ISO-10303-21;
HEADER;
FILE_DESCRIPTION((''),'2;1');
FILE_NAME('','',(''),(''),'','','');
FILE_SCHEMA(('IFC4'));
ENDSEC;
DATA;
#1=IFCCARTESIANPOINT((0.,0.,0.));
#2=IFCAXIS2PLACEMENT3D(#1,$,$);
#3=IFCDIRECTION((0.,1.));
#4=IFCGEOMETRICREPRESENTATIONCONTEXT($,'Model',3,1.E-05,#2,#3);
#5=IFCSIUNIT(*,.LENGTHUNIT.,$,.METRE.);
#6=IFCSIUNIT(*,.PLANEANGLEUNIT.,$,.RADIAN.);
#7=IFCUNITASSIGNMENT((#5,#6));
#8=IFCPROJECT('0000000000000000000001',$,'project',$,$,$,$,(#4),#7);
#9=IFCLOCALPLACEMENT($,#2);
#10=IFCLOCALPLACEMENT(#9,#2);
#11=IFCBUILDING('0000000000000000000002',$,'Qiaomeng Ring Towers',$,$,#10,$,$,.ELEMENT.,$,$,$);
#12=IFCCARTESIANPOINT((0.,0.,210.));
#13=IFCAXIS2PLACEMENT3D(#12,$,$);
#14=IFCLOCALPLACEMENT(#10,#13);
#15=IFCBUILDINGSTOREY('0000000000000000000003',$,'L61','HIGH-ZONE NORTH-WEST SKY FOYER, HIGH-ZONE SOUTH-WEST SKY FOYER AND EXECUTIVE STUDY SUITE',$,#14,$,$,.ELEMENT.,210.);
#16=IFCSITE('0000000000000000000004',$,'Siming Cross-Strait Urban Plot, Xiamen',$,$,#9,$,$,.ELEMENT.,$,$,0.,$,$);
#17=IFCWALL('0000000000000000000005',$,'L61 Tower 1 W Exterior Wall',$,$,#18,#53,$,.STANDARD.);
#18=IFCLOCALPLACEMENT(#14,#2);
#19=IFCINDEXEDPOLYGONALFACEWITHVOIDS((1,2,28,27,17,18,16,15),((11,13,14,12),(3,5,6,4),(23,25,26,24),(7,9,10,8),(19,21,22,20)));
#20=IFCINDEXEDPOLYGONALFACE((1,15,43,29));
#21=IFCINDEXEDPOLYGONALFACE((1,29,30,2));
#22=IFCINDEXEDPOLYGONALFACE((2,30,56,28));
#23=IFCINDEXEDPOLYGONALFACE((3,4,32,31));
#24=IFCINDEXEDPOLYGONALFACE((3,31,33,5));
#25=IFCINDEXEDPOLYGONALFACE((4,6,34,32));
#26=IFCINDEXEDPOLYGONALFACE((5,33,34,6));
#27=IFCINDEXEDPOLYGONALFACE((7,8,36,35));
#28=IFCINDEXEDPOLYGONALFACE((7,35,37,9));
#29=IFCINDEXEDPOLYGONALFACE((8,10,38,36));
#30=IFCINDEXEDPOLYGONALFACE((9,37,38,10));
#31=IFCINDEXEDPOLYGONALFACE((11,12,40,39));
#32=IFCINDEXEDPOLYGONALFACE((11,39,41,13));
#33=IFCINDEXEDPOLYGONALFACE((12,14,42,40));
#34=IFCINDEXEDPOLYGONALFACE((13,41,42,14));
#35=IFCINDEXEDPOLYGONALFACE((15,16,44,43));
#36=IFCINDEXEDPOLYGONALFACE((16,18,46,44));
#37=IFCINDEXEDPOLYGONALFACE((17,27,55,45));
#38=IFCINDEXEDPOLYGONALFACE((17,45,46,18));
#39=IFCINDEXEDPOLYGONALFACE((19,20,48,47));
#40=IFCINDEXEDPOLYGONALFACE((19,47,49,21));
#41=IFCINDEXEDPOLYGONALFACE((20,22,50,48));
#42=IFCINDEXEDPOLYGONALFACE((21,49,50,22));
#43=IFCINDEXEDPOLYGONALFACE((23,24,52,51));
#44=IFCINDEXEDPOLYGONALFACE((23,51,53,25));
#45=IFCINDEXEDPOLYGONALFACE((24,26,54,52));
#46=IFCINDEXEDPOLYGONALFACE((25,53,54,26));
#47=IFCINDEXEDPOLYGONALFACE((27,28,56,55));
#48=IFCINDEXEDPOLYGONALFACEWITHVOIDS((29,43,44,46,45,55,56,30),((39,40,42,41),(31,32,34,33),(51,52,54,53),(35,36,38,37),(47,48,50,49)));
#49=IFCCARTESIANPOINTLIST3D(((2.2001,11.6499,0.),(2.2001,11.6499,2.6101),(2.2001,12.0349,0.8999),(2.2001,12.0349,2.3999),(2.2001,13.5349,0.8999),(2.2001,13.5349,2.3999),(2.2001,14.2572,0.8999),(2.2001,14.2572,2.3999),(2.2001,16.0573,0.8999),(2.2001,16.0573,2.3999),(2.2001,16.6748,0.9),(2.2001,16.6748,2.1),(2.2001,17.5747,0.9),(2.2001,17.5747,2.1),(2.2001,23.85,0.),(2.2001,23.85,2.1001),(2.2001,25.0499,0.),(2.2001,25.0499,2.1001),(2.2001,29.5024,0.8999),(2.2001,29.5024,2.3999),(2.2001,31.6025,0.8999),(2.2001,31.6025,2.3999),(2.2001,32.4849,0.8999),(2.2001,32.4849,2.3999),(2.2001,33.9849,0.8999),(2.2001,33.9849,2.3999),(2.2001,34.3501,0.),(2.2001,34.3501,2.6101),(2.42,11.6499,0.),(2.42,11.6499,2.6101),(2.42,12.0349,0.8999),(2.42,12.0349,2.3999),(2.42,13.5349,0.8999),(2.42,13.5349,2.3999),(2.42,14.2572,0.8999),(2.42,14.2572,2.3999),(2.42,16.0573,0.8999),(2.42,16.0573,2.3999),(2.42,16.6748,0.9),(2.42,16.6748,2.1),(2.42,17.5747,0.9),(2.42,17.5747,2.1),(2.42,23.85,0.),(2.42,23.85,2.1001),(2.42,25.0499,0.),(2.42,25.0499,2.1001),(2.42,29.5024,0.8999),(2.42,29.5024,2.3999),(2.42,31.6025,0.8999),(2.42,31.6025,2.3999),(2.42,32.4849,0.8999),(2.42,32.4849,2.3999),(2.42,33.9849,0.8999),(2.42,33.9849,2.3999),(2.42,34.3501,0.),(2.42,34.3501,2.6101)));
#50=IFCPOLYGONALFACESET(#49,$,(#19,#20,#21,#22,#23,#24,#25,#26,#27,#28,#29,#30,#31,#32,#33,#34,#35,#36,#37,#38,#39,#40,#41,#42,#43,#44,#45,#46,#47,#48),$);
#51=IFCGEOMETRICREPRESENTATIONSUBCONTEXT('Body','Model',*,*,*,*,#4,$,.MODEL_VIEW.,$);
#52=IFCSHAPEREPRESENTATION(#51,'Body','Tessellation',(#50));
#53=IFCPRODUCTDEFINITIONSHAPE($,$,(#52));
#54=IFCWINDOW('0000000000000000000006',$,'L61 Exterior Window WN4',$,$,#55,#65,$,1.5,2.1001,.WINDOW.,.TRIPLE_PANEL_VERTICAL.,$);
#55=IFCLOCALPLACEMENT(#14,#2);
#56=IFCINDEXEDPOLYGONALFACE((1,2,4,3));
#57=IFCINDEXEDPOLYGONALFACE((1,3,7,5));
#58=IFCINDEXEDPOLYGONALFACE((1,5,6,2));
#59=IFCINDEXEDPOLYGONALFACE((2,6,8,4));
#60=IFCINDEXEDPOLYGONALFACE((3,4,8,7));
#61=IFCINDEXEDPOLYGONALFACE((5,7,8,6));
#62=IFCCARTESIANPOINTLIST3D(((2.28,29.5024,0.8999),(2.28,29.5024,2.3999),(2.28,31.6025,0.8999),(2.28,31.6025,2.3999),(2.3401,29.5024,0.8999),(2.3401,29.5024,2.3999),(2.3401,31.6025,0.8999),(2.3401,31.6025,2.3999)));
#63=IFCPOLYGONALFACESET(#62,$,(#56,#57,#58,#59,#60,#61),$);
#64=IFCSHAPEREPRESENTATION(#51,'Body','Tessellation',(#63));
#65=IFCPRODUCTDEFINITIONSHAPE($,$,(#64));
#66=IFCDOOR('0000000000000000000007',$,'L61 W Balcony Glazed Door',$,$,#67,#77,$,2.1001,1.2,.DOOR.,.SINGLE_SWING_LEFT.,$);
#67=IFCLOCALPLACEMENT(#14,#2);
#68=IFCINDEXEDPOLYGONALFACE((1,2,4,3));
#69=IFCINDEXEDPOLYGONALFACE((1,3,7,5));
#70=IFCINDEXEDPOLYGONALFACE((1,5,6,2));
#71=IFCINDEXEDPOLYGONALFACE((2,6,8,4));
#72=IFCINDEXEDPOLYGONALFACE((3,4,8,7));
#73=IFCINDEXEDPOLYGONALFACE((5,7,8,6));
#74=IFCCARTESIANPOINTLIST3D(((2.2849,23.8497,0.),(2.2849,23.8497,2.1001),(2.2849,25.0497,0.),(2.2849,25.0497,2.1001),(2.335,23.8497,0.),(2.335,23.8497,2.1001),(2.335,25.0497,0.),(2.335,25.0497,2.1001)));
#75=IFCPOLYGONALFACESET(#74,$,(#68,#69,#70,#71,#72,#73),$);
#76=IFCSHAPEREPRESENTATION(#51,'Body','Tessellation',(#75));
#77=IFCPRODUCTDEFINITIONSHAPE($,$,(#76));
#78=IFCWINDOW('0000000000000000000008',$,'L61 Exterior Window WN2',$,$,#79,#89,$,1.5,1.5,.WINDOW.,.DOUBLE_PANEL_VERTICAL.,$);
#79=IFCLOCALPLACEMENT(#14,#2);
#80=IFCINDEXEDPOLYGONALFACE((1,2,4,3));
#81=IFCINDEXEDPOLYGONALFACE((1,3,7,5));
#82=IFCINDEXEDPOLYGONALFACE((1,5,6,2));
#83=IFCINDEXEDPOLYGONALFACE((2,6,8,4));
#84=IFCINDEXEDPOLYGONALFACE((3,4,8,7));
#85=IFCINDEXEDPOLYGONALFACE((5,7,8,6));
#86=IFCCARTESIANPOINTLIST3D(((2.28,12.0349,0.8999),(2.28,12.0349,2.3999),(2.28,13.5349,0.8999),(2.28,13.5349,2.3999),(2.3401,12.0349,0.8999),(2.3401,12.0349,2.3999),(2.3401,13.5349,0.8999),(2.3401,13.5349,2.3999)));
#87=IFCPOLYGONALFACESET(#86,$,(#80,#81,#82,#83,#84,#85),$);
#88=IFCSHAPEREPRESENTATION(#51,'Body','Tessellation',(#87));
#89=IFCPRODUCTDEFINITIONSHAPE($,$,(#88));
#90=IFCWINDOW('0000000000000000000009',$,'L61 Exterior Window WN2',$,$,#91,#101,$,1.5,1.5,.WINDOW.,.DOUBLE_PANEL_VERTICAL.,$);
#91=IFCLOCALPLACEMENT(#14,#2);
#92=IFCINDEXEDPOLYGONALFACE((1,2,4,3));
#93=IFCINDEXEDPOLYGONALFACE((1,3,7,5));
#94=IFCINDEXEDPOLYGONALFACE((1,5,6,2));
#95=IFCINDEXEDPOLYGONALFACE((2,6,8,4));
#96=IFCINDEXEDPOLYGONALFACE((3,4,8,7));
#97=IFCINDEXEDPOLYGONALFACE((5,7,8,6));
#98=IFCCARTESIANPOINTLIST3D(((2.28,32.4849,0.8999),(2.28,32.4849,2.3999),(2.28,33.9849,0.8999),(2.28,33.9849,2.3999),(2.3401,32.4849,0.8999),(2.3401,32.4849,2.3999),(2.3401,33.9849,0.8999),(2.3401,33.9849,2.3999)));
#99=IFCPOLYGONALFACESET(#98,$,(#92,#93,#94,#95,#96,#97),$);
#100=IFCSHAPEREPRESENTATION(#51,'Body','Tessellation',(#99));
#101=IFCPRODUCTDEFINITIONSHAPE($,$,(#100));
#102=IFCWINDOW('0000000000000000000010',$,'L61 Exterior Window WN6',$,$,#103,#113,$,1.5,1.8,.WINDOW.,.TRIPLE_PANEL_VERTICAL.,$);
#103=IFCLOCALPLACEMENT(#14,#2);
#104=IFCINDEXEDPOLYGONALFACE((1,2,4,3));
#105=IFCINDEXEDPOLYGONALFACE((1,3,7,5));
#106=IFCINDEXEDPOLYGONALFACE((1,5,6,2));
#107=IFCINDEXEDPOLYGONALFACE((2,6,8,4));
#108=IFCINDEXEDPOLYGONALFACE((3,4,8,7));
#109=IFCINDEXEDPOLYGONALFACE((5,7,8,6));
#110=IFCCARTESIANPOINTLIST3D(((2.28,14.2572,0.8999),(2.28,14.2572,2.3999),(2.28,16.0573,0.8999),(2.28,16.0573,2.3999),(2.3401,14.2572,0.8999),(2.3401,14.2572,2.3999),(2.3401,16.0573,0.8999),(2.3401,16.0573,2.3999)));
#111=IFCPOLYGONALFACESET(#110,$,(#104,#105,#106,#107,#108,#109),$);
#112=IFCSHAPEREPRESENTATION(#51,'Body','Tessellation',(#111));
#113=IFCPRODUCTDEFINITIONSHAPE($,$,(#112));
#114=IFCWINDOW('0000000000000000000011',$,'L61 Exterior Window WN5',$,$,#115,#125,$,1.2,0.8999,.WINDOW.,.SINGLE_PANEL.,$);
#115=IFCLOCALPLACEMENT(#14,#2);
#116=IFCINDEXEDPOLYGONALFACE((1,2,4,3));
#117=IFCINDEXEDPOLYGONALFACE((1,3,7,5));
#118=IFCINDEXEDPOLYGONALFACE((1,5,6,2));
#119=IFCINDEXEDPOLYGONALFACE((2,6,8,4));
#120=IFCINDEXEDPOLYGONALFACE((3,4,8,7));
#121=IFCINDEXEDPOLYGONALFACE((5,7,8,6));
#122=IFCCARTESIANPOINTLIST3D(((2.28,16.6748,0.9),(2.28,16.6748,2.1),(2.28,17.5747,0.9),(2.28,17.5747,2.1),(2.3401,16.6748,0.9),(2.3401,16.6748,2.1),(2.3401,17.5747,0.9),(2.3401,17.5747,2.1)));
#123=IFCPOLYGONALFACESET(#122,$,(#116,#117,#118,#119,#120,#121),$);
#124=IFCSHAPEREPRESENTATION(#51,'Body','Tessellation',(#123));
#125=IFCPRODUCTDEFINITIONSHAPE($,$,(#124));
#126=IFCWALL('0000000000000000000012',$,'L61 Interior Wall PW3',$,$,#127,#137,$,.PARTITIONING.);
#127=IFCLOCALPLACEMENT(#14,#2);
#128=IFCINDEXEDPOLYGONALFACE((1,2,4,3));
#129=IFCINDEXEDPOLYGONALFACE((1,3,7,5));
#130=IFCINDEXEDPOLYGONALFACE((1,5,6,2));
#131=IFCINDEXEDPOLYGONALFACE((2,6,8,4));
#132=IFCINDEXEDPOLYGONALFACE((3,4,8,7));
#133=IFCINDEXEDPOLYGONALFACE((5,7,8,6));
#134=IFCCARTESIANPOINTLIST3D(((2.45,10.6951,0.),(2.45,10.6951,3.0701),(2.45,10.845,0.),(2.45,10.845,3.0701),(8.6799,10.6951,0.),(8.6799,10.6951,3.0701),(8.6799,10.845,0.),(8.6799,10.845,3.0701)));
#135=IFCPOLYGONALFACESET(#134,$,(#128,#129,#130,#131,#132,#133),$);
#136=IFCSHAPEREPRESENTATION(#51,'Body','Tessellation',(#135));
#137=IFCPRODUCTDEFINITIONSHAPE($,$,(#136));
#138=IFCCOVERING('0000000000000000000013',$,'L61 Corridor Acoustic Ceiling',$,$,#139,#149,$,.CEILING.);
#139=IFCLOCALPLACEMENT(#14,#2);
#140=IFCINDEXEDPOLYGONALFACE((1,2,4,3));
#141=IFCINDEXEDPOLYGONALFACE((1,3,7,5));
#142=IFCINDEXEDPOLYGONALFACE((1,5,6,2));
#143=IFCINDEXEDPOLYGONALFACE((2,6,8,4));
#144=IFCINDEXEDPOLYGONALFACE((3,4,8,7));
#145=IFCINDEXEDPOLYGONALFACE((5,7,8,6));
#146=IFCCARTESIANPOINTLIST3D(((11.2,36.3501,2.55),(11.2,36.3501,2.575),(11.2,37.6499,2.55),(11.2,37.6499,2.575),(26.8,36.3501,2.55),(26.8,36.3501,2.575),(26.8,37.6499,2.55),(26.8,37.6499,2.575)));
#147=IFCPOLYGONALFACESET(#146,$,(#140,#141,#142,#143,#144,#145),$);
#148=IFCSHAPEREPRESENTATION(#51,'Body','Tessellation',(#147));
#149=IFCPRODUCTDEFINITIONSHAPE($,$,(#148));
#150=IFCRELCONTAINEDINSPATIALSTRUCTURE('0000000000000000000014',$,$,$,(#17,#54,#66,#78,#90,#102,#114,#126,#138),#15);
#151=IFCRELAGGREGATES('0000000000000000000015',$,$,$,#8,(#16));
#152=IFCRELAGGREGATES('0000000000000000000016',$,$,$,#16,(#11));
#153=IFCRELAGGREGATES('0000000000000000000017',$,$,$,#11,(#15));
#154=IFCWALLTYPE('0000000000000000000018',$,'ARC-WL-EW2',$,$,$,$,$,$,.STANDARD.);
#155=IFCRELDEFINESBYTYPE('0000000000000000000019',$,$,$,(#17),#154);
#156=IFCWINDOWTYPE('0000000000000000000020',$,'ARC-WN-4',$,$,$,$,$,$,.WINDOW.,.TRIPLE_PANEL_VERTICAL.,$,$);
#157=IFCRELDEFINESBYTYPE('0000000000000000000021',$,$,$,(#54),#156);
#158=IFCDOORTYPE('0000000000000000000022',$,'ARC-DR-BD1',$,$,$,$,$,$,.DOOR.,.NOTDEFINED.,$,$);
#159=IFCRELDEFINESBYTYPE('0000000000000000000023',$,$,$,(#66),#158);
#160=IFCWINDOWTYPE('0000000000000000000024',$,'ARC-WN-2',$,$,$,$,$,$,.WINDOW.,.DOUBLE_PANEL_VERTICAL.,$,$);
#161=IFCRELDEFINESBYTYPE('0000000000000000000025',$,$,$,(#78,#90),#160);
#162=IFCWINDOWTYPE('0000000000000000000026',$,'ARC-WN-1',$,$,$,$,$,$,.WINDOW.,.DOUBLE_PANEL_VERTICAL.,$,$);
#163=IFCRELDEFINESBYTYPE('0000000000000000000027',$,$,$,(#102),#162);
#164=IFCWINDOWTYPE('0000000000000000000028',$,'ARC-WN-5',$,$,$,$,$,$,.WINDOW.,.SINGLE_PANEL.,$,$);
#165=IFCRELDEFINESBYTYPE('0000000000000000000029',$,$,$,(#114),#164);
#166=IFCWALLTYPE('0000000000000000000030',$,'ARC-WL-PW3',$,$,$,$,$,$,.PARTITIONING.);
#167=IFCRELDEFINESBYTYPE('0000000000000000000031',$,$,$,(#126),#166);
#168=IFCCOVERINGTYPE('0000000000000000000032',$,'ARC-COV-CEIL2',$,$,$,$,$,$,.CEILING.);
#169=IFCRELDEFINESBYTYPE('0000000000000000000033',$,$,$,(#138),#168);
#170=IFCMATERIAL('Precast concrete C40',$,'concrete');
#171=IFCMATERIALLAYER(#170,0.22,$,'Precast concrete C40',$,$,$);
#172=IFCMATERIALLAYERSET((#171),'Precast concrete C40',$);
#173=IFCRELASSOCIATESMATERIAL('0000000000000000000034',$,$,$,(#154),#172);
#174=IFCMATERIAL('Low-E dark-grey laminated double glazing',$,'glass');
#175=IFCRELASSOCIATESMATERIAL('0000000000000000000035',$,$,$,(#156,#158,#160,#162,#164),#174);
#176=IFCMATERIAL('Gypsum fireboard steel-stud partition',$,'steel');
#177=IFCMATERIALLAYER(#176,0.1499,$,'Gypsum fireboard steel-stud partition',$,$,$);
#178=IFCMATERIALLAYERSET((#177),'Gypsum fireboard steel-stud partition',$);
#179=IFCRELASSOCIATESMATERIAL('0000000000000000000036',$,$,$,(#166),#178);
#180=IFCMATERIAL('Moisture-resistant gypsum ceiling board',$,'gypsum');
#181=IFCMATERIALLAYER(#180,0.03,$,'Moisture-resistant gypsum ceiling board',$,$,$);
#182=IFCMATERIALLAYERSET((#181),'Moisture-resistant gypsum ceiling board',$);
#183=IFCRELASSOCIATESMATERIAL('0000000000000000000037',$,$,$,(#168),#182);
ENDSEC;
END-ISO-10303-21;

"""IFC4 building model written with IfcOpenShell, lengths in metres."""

from ifc_helpers import new_model, si_unit, direction, frame, frame_2d, origin, place, context, subcontext, project, spatial, polyline, rectangle, outline, extrude, source, transform, mapped, material, layer, layer_set, type_object, element, fill, save


model = new_model("IFC4")

# Units and contexts
model_context = context("Model", 3, precision=1e-05, world=origin(), true_north=direction((0.0, 1.0)))
body_context = subcontext(model_context, "Body", "Model", "MODEL_VIEW")
ifc_project = project(units=[si_unit("LENGTHUNIT", "METRE"), si_unit("PLANEANGLEUNIT", "RADIAN")], contexts=[model_context])

# Site, building, storey
site_placement = place(None, origin())
site = spatial("IfcSite", under=ifc_project, at=site_placement, Name="Siming Cross-Strait Urban Plot, Xiamen", CompositionType="ELEMENT", RefElevation=0.0)
building_placement = place(site_placement, origin())
building = spatial("IfcBuilding", under=site, at=building_placement, Name="Qiaomeng Ring Towers", CompositionType="ELEMENT")
storey_placement = place(building_placement, frame((0.0, 0.0, 210.0)))
storey = spatial("IfcBuildingStorey", under=building, at=storey_placement, Name="L61", Description="HIGH-ZONE NORTH-WEST SKY FOYER, HIGH-ZONE SOUTH-WEST SKY FOYER AND EXECUTIVE STUDY SUITE", CompositionType="ELEMENT", Elevation=210.0)

# Shared definitions
ifc_material_1 = material(Name="Precast concrete C40", Category="concrete")

# Wall, openings, windows, door
ifc_layer_1 = layer(ifc_material_1, 0.22, Name="Precast concrete C40")
ifc_layer_set_1 = layer_set([ifc_layer_1], Name="Precast concrete C40")
wall_type_1 = type_object("IfcWallType", Name="ARC-WL-EW2", PredefinedType="STANDARD", material=ifc_layer_set_1)
wall_1_placement = place(storey_placement, frame((2.3101, 11.6499, 0.0), z_axis=(0.0, 0.0, 1.0), x_axis=(0.0, 1.0, 0.0)))
wall_1 = element("IfcWall", 1, at=wall_1_placement, inside=storey, type_object=wall_type_1, Name="L61 Tower 1 W Exterior Wall", PredefinedType="STANDARD", context=body_context, shape_type="SweptSolid", body=[
    extrude(rectangle(XDim=22.7002, YDim=0.22, at=frame_2d((11.3501, 0.0))), origin(), (0.0, 0.0, 1.0), 2.6101),
])
opening_1_placement = place(wall_1_placement, frame((12.2, 0.0, 0.0)))
opening_1 = element("IfcOpeningElement", 2, at=opening_1_placement, cuts=wall_1, PredefinedType="OPENING", context=body_context, shape_type="SweptSolid", body=[
    extrude(rectangle(XDim=1.2, YDim=2.1001, at=frame_2d((0.6001, 1.05))), frame((0.0, 0.1199, 0.0), z_axis=(0.0, -1.0, 0.0), x_axis=(1.0, 0.0, 0.0)), (0.0, 0.0, 1.0), 0.24),
])
opening_2_placement = place(wall_1_placement, frame((2.6074, 0.0, 0.8999)))
opening_2 = element("IfcOpeningElement", 3, at=opening_2_placement, cuts=wall_1, PredefinedType="OPENING", context=body_context, shape_type="SweptSolid", body=[
    extrude(rectangle(XDim=1.8, YDim=1.5, at=frame_2d((0.8999, 0.75))), frame((0.0, 0.1199, 0.0), z_axis=(0.0, -1.0, 0.0), x_axis=(1.0, 0.0, 0.0)), (0.0, 0.0, 1.0), 0.24),
])
opening_3_placement = place(wall_1_placement, frame((17.8525, 0.0, 0.8999)))
opening_3 = element("IfcOpeningElement", 4, at=opening_3_placement, cuts=wall_1, PredefinedType="OPENING", context=body_context, shape_type="SweptSolid", body=[
    extrude(rectangle(XDim=2.1001, YDim=1.5, at=frame_2d((1.05, 0.75))), frame((0.0, 0.1199, 0.0), z_axis=(0.0, -1.0, 0.0), x_axis=(1.0, 0.0, 0.0)), (0.0, 0.0, 1.0), 0.24),
])
opening_4_placement = place(wall_1_placement, frame((0.385, 0.0, 0.8999)))
opening_4 = element("IfcOpeningElement", 5, at=opening_4_placement, cuts=wall_1, PredefinedType="OPENING", context=body_context, shape_type="SweptSolid", body=[
    extrude(rectangle(XDim=1.5, YDim=1.5, at=frame_2d((0.75, 0.75))), frame((0.0, 0.1199, 0.0), z_axis=(0.0, -1.0, 0.0), x_axis=(1.0, 0.0, 0.0)), (0.0, 0.0, 1.0), 0.24),
])
opening_5_placement = place(wall_1_placement, frame((20.835, 0.0, 0.8999)))
opening_5 = element("IfcOpeningElement", 6, at=opening_5_placement, cuts=wall_1, PredefinedType="OPENING", context=body_context, shape_type="SweptSolid", body=[
    extrude(rectangle(XDim=1.5, YDim=1.5, at=frame_2d((0.75, 0.75))), frame((0.0, 0.1199, 0.0), z_axis=(0.0, -1.0, 0.0), x_axis=(1.0, 0.0, 0.0)), (0.0, 0.0, 1.0), 0.24),
])
opening_6_placement = place(wall_1_placement, frame((5.0249, 0.0, 0.8999)))
opening_6 = element("IfcOpeningElement", 7, at=opening_6_placement, cuts=wall_1, PredefinedType="OPENING", context=body_context, shape_type="SweptSolid", body=[
    extrude(rectangle(XDim=0.8999, YDim=1.2, at=frame_2d((0.45, 0.6001))), frame((0.0, 0.1199, 0.0), z_axis=(0.0, -1.0, 0.0), x_axis=(1.0, 0.0, 0.0)), (0.0, 0.0, 1.0), 0.24),
])
ifc_material_2 = material(Name="Low-E dark-grey laminated double glazing", Category="glass")
window_type_1 = type_object("IfcWindowType", Name="ARC-WN-4", PartitioningType="TRIPLE_PANEL_VERTICAL", PredefinedType="WINDOW", material=ifc_material_2)
shared_shape_1 = source(origin(), body_context, "Body", "SweptSolid", [
    extrude(rectangle(XDim=2.1001, YDim=1.5, at=frame_2d((1.05, 0.75))), frame((0.0, 0.03, 0.0), z_axis=(0.0, -1.0, 0.0), x_axis=(1.0, 0.0, 0.0)), (0.0, 0.0, 1.0), 0.0601),
])
window_1_placement = place(opening_3_placement, origin())
window_1 = element("IfcWindow", 8, at=window_1_placement, inside=storey, type_object=window_type_1, Name="L61 Exterior Window WN4", OverallHeight=1.5, OverallWidth=2.1001, PartitioningType="TRIPLE_PANEL_VERTICAL", PredefinedType="WINDOW", context=body_context, shape_type="MappedRepresentation", body=[
    mapped(shared_shape_1, transform((0.0, 0.0, 0.0), x_axis=(1.0, 0.0, 0.0), y_axis=(0.0, 1.0, 0.0), z_axis=(0.0, 0.0, 1.0), scale=1.0)),
])
fill(opening_3, window_1)
door_type = type_object("IfcDoorType", Name="ARC-DR-BD1", OperationType="NOTDEFINED", PredefinedType="DOOR", material=ifc_material_2)
shared_shape_2 = source(origin(), body_context, "Body", "SweptSolid", [
    extrude(rectangle(XDim=1.2, YDim=2.1001, at=frame_2d((0.6001, 1.05))), frame((0.0, 0.0249, 0.0), z_axis=(0.0, -1.0, 0.0), x_axis=(1.0, 0.0, 0.0)), (0.0, 0.0, 1.0), 0.05),
])
door_placement = place(opening_1_placement, frame((1.2, 0.0, 0.0), z_axis=(0.0, 0.0, 1.0), x_axis=(-1.0, 0.0, 0.0)))
door = element("IfcDoor", 9, at=door_placement, inside=storey, type_object=door_type, Name="L61 W Balcony Glazed Door", OperationType="SINGLE_SWING_LEFT", OverallHeight=2.1001, OverallWidth=1.2, PredefinedType="DOOR", context=body_context, shape_type="MappedRepresentation", body=[
    mapped(shared_shape_2, transform((0.0, 0.0, 0.0), x_axis=(1.0, 0.0, 0.0), y_axis=(0.0, 1.0, 0.0), z_axis=(0.0, 0.0, 1.0), scale=1.0)),
])
fill(opening_1, door)
window_type_2 = type_object("IfcWindowType", Name="ARC-WN-2", PartitioningType="DOUBLE_PANEL_VERTICAL", PredefinedType="WINDOW", material=ifc_material_2)
shared_shape_3 = source(origin(), body_context, "Body", "SweptSolid", [
    extrude(rectangle(XDim=1.5, YDim=1.5, at=frame_2d((0.75, 0.75))), frame((0.0, 0.03, 0.0), z_axis=(0.0, -1.0, 0.0), x_axis=(1.0, 0.0, 0.0)), (0.0, 0.0, 1.0), 0.0601),
])
window_2_placement = place(opening_4_placement, origin())
window_2 = element("IfcWindow", 10, at=window_2_placement, inside=storey, type_object=window_type_2, Name="L61 Exterior Window WN2", OverallHeight=1.5, OverallWidth=1.5, PartitioningType="DOUBLE_PANEL_VERTICAL", PredefinedType="WINDOW", context=body_context, shape_type="MappedRepresentation", body=[
    mapped(shared_shape_3, transform((0.0, 0.0, 0.0), x_axis=(1.0, 0.0, 0.0), y_axis=(0.0, 1.0, 0.0), z_axis=(0.0, 0.0, 1.0), scale=1.0)),
])
fill(opening_4, window_2)
window_3_placement = place(opening_5_placement, origin())
window_3 = element("IfcWindow", 11, at=window_3_placement, inside=storey, type_object=window_type_2, Name="L61 Exterior Window WN2", OverallHeight=1.5, OverallWidth=1.5, PartitioningType="DOUBLE_PANEL_VERTICAL", PredefinedType="WINDOW", context=body_context, shape_type="MappedRepresentation", body=[
    mapped(shared_shape_3, transform((0.0, 0.0, 0.0), x_axis=(1.0, 0.0, 0.0), y_axis=(0.0, 1.0, 0.0), z_axis=(0.0, 0.0, 1.0), scale=1.0)),
])
fill(opening_5, window_3)
window_type_3 = type_object("IfcWindowType", Name="ARC-WN-1", PartitioningType="DOUBLE_PANEL_VERTICAL", PredefinedType="WINDOW", material=ifc_material_2)
shared_shape_4 = source(origin(), body_context, "Body", "SweptSolid", [
    extrude(rectangle(XDim=1.8, YDim=1.5, at=frame_2d((0.8999, 0.75))), frame((0.0, 0.03, 0.0), z_axis=(0.0, -1.0, 0.0), x_axis=(1.0, 0.0, 0.0)), (0.0, 0.0, 1.0), 0.0601),
])
window_4_placement = place(opening_2_placement, origin())
window_4 = element("IfcWindow", 12, at=window_4_placement, inside=storey, type_object=window_type_3, Name="L61 Exterior Window WN6", OverallHeight=1.5, OverallWidth=1.8, PartitioningType="TRIPLE_PANEL_VERTICAL", PredefinedType="WINDOW", context=body_context, shape_type="MappedRepresentation", body=[
    mapped(shared_shape_4, transform((0.0, 0.0, 0.0), x_axis=(1.0, 0.0, 0.0), y_axis=(0.0, 1.0, 0.0), z_axis=(0.0, 0.0, 1.0), scale=1.0)),
])
fill(opening_2, window_4)
window_type_4 = type_object("IfcWindowType", Name="ARC-WN-5", PartitioningType="SINGLE_PANEL", PredefinedType="WINDOW", material=ifc_material_2)
shared_shape_5 = source(origin(), body_context, "Body", "SweptSolid", [
    extrude(rectangle(XDim=0.8999, YDim=1.2, at=frame_2d((0.45, 0.6001))), frame((0.0, 0.03, 0.0), z_axis=(0.0, -1.0, 0.0), x_axis=(1.0, 0.0, 0.0)), (0.0, 0.0, 1.0), 0.0601),
])
window_5_placement = place(opening_6_placement, origin())
window_5 = element("IfcWindow", 13, at=window_5_placement, inside=storey, type_object=window_type_4, Name="L61 Exterior Window WN5", OverallHeight=1.2, OverallWidth=0.8999, PartitioningType="SINGLE_PANEL", PredefinedType="WINDOW", context=body_context, shape_type="MappedRepresentation", body=[
    mapped(shared_shape_5, transform((0.0, 0.0, 0.0), x_axis=(1.0, 0.0, 0.0), y_axis=(0.0, 1.0, 0.0), z_axis=(0.0, 0.0, 1.0), scale=1.0)),
])
fill(opening_6, window_5)

# Wall
ifc_material_3 = material(Name="Gypsum fireboard steel-stud partition", Category="steel")
ifc_layer_2 = layer(ifc_material_3, 0.1499, Name="Gypsum fireboard steel-stud partition")
ifc_layer_set_2 = layer_set([ifc_layer_2], Name="Gypsum fireboard steel-stud partition")
wall_type_2 = type_object("IfcWallType", Name="ARC-WL-PW3", PredefinedType="PARTITIONING", material=ifc_layer_set_2)
wall_2_placement = place(storey_placement, frame((2.45, 10.77, 0.0), z_axis=(0.0, 0.0, 1.0), x_axis=(1.0, 0.0, 0.0)))
element("IfcWall", 14, at=wall_2_placement, inside=storey, type_object=wall_type_2, Name="L61 Interior Wall PW3", PredefinedType="PARTITIONING", context=body_context, shape_type="SweptSolid", body=[
    extrude(rectangle(XDim=6.23, YDim=0.1499, at=frame_2d((3.115, 0.0))), origin(), (0.0, 0.0, 1.0), 3.0701),
])

# Covering
ifc_material_4 = material(Name="Moisture-resistant gypsum ceiling board", Category="gypsum")
ifc_layer_3 = layer(ifc_material_4, 0.03, Name="Moisture-resistant gypsum ceiling board")
ifc_layer_set_3 = layer_set([ifc_layer_3], Name="Moisture-resistant gypsum ceiling board")
covering_type_1 = type_object("IfcCoveringType", Name="ARC-COV-CEIL2", PredefinedType="CEILING", material=ifc_layer_set_3)
covering_1_placement = place(storey_placement, frame((0.0, 0.0, 2.55)))
element("IfcCovering", 15, at=covering_1_placement, inside=storey, type_object=covering_type_1, Name="L61 Corridor Acoustic Ceiling", PredefinedType="CEILING", context=body_context, shape_type="SweptSolid", body=[
    extrude(outline(polyline([(11.2, 36.3501), (11.2, 37.6499), (26.8, 37.6499), (26.8, 36.3501), (11.2, 36.3501)])), origin(), (0.0, 0.0, 1.0), 0.0249),
])

save(model, "model.ifc")
